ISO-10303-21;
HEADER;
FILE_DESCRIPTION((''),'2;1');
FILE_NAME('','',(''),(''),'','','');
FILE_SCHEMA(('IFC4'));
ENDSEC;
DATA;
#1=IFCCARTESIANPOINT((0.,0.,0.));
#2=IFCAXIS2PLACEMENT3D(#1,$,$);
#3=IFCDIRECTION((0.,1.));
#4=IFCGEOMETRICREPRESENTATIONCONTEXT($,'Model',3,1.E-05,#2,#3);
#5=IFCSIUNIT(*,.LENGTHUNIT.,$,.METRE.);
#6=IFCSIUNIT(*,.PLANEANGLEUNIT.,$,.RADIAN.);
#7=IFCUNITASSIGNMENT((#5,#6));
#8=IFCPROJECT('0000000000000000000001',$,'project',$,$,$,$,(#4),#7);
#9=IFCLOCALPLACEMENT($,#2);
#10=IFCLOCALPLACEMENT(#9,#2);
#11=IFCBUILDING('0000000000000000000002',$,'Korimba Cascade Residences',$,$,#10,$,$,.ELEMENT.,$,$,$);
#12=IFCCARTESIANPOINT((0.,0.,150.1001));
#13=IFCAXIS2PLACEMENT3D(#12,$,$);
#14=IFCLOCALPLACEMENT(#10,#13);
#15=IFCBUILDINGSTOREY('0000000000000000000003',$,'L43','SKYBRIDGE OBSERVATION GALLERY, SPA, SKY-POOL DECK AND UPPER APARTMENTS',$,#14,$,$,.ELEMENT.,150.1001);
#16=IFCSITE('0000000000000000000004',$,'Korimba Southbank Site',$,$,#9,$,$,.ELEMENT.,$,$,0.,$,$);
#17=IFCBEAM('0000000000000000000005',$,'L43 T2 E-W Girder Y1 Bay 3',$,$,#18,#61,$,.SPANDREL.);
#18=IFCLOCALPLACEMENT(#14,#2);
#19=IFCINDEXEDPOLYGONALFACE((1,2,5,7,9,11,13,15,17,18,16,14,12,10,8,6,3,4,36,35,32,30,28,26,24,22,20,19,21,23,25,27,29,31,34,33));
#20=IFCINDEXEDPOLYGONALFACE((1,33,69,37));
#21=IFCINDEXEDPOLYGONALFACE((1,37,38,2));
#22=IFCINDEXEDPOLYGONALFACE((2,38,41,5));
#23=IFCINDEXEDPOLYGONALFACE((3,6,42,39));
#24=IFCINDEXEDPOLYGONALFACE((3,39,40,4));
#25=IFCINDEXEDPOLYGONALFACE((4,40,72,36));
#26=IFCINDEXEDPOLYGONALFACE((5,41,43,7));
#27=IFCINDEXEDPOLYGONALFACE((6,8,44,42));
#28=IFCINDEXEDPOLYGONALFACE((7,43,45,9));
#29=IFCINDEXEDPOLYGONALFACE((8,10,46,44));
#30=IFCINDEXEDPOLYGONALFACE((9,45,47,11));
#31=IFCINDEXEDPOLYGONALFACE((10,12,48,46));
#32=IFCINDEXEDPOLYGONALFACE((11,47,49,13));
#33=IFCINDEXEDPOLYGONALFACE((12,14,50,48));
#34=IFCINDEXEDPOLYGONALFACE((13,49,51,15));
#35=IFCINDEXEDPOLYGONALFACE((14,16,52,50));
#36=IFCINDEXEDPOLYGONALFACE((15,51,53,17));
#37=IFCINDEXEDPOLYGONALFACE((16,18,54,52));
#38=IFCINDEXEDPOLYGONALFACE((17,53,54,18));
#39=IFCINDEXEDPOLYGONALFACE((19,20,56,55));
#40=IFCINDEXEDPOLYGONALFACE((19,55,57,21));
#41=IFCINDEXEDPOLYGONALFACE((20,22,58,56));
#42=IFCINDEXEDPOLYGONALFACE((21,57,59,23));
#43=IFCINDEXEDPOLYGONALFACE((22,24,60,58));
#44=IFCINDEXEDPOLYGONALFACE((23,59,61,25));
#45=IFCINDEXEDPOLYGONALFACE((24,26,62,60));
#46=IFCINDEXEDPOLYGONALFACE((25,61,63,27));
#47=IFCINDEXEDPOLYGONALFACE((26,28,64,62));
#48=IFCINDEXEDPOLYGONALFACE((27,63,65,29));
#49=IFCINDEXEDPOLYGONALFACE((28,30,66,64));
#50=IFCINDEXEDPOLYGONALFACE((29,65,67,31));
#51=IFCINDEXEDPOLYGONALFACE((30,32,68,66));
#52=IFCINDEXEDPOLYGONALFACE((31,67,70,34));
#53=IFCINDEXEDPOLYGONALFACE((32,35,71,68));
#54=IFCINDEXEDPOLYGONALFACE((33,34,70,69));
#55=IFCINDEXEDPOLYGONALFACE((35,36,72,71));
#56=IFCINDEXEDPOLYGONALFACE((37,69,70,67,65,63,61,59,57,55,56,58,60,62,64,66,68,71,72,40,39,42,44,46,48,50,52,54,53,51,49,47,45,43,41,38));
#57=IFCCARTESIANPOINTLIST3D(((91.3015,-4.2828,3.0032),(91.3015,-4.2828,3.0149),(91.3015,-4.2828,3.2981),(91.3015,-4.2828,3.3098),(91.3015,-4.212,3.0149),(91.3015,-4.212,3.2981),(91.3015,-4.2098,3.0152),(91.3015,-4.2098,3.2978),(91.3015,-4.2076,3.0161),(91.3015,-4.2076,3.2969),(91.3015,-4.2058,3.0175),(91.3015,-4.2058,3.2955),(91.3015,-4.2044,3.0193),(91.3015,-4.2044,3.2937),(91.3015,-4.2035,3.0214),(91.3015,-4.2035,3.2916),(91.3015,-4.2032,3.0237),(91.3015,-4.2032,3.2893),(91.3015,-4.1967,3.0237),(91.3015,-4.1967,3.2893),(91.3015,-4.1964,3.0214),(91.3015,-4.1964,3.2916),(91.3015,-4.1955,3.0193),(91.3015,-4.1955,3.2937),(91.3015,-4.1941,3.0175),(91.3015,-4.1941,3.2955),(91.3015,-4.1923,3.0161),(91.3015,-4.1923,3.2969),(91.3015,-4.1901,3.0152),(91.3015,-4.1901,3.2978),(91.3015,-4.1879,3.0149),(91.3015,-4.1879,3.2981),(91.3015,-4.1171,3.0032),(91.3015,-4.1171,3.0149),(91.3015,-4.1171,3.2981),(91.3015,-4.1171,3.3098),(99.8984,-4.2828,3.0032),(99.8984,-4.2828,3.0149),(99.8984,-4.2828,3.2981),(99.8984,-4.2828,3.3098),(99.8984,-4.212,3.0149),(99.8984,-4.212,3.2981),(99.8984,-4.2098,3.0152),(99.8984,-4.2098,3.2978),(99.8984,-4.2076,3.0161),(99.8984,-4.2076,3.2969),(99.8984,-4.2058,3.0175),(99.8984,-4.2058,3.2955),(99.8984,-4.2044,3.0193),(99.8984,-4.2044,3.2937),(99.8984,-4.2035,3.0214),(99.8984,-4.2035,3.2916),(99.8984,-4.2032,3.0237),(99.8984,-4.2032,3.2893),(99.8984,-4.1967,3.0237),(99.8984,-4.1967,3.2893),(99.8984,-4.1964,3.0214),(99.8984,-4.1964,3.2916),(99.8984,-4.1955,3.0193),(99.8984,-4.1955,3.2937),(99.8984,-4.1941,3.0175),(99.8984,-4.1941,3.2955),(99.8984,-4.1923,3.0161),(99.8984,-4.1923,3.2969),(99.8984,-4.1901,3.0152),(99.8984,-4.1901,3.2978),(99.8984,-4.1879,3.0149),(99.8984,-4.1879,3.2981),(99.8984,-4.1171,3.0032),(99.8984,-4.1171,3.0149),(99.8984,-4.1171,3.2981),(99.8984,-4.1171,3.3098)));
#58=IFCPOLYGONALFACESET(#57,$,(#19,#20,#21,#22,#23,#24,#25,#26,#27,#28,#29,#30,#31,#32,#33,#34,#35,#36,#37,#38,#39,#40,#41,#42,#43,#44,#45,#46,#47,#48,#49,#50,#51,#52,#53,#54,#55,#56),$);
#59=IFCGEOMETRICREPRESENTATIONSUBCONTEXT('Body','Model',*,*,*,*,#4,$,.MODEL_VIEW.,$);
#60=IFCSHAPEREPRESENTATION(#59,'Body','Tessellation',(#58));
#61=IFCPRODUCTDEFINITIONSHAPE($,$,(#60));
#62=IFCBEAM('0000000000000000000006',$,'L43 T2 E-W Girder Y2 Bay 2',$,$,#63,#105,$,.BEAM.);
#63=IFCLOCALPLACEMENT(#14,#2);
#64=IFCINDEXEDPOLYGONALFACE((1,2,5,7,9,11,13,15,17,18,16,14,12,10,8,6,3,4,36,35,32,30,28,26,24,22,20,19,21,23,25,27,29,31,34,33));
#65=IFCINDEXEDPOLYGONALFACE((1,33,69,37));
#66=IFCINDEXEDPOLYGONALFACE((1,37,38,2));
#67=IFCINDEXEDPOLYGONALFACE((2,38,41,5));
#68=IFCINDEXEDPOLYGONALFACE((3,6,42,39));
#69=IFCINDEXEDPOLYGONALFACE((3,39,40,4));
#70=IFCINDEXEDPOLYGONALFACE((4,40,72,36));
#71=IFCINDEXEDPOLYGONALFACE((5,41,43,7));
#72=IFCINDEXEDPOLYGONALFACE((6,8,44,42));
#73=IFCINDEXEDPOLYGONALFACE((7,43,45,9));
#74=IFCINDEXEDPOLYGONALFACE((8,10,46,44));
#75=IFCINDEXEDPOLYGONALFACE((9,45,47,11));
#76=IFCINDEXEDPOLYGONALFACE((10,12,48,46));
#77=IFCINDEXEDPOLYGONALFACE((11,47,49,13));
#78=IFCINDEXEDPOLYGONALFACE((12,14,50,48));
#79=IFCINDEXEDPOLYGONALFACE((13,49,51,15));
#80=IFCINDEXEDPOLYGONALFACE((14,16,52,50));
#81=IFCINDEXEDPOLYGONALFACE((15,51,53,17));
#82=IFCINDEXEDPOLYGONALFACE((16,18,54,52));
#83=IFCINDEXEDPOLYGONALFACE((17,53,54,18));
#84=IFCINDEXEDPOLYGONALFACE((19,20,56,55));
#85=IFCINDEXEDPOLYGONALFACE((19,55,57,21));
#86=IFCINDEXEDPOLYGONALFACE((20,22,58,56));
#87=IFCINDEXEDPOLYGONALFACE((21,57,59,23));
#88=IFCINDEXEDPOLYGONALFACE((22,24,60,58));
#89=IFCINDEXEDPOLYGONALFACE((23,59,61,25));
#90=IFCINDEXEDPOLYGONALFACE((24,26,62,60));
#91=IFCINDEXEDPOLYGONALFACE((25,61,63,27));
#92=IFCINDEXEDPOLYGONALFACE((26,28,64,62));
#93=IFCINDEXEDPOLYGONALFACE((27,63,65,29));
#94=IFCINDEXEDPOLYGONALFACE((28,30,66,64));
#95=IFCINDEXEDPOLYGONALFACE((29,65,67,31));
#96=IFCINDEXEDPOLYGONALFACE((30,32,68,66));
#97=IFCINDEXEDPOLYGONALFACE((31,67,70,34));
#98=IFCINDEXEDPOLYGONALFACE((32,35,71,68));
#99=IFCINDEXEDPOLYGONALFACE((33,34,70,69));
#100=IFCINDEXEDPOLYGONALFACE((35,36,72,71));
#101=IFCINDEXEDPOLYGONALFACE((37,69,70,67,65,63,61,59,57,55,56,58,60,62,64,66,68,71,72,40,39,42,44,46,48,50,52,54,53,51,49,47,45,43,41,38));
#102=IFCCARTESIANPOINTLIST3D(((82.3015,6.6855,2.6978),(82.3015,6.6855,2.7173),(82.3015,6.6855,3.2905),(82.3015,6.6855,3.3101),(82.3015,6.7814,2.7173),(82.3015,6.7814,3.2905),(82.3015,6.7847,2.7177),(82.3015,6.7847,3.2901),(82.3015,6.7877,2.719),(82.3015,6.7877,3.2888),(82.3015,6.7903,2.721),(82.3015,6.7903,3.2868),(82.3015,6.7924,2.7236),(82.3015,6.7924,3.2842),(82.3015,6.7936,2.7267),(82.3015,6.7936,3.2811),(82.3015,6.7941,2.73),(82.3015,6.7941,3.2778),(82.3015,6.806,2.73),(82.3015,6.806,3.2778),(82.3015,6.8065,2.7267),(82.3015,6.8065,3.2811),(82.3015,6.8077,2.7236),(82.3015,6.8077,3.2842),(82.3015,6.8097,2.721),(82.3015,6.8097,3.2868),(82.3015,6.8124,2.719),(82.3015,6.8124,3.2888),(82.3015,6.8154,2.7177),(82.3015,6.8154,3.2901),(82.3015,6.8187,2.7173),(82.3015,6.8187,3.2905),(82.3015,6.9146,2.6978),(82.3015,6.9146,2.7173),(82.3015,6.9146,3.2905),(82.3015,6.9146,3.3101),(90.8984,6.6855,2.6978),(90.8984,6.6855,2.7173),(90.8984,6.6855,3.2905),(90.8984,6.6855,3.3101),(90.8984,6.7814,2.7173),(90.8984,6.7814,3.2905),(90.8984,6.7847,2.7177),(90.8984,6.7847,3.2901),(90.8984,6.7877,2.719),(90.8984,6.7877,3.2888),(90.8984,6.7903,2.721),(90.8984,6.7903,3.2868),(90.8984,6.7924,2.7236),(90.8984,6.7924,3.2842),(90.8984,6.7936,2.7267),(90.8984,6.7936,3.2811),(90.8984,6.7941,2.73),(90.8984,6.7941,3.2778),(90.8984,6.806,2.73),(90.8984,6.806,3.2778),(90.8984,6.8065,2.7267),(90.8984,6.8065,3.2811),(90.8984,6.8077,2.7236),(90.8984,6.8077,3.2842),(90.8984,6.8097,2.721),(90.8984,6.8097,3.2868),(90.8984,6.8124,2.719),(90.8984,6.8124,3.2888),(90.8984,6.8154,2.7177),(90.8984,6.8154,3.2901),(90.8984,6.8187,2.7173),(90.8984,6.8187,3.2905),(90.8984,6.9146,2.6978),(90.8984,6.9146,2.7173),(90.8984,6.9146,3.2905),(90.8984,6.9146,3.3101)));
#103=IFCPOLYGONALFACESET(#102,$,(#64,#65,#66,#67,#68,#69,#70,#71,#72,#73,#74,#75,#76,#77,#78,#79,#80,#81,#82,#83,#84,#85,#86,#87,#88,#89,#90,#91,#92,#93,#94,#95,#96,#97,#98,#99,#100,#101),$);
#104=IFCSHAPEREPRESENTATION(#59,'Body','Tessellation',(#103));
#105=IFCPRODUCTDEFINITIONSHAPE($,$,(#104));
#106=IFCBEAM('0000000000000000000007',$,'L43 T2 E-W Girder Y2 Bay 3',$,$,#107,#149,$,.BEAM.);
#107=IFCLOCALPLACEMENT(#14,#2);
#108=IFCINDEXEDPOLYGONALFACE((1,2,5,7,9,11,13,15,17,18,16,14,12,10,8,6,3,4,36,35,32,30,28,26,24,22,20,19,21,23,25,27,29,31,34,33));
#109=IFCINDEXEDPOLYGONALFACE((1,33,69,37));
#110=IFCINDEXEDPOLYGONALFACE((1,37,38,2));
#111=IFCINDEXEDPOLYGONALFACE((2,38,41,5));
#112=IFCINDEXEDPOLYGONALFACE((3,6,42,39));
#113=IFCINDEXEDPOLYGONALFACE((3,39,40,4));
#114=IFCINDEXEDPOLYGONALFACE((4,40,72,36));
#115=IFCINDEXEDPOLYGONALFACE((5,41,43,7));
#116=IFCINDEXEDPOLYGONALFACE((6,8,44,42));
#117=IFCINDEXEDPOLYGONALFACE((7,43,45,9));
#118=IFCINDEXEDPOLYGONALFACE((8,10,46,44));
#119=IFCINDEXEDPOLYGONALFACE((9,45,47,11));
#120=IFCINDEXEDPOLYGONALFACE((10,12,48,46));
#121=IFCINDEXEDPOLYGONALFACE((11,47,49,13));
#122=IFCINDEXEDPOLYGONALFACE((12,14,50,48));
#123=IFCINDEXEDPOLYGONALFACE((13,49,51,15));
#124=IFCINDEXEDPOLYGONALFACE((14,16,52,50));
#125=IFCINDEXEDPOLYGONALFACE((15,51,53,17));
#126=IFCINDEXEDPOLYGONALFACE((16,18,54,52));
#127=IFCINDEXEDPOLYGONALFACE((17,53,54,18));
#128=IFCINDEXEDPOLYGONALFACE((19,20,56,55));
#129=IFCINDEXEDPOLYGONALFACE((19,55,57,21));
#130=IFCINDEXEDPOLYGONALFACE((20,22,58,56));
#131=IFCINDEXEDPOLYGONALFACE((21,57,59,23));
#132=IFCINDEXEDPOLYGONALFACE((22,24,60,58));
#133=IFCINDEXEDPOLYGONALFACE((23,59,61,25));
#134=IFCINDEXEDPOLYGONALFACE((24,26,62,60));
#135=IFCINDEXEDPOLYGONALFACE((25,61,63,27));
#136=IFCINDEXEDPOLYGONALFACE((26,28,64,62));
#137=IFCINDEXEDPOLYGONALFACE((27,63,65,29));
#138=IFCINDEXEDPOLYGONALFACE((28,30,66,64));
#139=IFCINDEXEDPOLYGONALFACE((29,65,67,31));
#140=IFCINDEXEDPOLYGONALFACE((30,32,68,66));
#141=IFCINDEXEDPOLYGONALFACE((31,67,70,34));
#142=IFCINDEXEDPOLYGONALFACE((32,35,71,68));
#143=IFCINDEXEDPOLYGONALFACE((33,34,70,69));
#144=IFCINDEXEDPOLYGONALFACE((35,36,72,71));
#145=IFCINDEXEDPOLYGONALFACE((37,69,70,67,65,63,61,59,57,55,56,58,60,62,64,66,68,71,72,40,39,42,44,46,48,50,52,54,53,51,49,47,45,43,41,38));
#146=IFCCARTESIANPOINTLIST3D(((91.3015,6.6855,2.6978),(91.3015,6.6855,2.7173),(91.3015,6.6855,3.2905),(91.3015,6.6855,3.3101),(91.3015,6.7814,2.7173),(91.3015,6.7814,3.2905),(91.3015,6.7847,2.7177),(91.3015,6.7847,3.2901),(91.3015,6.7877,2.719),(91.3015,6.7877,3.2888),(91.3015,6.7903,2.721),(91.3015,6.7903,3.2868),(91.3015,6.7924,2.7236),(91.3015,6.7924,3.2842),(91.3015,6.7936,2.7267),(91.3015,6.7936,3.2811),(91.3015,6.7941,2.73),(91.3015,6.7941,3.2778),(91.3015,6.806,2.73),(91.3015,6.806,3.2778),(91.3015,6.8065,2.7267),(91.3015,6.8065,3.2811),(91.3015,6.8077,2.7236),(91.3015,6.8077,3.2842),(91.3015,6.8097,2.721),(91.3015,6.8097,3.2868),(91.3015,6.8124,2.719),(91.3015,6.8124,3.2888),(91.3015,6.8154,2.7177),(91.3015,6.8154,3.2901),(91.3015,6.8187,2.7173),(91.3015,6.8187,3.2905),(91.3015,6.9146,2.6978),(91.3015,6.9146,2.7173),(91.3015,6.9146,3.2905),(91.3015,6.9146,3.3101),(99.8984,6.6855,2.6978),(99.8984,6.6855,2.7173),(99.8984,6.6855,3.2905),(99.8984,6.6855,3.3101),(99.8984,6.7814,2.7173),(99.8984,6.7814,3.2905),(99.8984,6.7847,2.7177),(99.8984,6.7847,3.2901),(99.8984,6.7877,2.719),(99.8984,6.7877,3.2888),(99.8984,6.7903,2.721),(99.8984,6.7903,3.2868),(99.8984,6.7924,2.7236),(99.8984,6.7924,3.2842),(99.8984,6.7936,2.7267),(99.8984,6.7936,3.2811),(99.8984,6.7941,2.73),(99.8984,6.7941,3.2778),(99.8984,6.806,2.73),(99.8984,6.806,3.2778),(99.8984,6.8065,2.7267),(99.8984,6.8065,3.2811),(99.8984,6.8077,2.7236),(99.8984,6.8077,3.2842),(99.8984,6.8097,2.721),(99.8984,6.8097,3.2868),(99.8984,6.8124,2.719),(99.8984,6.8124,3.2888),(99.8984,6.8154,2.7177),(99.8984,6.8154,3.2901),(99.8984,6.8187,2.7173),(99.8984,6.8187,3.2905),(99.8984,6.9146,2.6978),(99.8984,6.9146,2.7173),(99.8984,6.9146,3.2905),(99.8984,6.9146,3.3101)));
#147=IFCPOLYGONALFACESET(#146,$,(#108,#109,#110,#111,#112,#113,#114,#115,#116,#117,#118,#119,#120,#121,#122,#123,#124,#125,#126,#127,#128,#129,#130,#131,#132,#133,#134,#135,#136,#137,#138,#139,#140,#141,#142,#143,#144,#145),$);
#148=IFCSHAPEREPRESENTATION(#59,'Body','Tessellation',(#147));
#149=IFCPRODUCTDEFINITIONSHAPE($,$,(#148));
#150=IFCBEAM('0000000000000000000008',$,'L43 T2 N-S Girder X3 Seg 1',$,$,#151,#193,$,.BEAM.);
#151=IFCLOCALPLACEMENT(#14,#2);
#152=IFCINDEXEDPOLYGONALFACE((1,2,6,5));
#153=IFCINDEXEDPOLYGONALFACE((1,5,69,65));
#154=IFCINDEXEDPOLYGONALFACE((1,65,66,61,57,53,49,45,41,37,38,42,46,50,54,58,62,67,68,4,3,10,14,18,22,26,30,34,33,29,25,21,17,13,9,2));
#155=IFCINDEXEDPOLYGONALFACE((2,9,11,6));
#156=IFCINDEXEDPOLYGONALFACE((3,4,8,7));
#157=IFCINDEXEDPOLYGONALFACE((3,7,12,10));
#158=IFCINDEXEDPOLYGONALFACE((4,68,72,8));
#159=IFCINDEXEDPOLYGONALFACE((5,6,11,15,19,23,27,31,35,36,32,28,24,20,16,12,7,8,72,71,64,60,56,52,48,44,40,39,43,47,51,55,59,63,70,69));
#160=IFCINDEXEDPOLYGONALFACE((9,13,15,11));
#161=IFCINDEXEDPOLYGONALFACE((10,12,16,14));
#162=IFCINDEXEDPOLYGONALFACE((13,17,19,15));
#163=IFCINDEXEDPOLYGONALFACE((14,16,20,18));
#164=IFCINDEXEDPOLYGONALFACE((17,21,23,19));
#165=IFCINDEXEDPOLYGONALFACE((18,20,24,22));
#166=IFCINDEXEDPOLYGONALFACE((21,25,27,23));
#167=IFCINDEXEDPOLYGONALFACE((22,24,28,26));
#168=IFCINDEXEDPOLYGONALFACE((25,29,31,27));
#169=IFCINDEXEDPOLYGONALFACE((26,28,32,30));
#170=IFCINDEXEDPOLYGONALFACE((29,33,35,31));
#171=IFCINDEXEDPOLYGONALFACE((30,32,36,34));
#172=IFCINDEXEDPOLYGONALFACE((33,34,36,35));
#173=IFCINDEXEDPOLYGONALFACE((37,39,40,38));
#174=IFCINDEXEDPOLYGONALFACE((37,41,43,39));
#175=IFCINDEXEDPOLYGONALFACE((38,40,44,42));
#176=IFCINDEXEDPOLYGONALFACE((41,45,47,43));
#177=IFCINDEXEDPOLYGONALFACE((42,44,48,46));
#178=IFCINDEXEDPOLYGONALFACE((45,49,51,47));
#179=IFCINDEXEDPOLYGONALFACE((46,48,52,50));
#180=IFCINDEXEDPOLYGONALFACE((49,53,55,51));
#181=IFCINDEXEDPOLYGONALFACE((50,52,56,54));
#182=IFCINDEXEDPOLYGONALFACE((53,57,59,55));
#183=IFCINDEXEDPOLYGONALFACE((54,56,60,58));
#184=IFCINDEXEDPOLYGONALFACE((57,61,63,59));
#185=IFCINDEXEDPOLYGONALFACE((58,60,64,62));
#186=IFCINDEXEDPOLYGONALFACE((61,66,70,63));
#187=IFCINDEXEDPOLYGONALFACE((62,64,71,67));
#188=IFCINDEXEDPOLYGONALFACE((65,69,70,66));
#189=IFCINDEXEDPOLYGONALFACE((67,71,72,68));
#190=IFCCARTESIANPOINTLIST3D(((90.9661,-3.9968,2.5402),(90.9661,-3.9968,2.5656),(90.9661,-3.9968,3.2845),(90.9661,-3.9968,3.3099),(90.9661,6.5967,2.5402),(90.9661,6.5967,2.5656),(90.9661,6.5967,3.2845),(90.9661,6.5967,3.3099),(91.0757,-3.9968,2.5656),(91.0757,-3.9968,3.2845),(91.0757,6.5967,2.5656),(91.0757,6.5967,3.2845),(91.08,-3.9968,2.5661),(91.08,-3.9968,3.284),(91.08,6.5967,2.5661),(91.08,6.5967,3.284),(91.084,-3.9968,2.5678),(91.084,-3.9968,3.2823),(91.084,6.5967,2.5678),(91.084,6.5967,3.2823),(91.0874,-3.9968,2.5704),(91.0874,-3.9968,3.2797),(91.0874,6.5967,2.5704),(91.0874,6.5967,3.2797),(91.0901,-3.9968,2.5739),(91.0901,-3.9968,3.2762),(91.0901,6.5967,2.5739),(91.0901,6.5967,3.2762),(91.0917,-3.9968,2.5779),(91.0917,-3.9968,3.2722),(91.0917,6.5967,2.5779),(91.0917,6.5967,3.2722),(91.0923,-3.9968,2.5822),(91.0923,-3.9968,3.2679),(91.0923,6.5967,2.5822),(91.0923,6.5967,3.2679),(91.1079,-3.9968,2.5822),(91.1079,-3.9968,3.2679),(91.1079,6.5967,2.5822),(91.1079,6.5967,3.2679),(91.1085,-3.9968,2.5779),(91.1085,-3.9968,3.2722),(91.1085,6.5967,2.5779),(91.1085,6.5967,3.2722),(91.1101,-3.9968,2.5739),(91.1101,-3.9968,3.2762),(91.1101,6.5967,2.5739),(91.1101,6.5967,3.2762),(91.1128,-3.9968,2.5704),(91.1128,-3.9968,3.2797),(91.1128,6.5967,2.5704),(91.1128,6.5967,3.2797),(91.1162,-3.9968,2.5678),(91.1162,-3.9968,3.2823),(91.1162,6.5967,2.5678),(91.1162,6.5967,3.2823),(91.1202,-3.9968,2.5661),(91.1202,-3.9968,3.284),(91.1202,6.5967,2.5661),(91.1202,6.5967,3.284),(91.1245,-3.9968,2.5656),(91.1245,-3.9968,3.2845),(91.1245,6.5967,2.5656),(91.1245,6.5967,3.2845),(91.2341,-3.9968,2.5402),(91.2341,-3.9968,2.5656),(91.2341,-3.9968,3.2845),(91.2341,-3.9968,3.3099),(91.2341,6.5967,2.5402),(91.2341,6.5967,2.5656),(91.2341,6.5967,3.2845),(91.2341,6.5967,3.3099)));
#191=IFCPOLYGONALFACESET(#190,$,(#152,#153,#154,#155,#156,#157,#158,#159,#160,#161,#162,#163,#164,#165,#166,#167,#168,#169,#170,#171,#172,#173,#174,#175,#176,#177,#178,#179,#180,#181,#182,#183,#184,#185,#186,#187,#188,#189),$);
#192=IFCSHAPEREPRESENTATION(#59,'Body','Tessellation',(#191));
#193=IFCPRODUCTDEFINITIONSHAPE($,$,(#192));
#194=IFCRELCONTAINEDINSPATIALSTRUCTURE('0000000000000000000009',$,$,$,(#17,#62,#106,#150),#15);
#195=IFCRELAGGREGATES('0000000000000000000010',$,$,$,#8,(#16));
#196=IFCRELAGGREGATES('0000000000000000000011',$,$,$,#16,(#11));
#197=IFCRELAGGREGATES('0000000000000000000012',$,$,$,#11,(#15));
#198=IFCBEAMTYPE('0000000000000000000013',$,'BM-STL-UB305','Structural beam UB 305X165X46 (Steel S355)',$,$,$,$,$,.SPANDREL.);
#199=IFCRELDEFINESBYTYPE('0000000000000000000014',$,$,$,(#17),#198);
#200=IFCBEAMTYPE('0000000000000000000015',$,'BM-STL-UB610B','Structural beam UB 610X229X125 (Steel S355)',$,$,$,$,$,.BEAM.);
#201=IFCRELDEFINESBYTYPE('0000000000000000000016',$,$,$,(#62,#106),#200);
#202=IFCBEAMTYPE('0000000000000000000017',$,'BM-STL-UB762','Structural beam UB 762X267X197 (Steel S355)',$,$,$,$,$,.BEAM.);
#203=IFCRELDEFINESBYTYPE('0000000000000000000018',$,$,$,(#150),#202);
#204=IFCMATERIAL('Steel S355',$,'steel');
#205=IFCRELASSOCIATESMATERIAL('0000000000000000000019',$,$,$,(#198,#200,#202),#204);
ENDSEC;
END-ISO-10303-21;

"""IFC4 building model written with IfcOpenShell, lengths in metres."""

from ifc_helpers import new_model, si_unit, direction, frame, origin, origin_2d, place, context, subcontext, project, spatial, i_section, extrude, material, material_profile, profile_set, type_object, element, save


model = new_model("IFC4")

# Units and contexts
model_context = context("Model", 3, precision=1e-05, world=origin(), true_north=direction((0.0, 1.0)))
body_context = subcontext(model_context, "Body", "Model", "MODEL_VIEW")
ifc_project = project(units=[si_unit("LENGTHUNIT", "METRE"), si_unit("PLANEANGLEUNIT", "RADIAN")], contexts=[model_context])

# Site, building, storey
site_placement = place(None, origin())
site = spatial("IfcSite", under=ifc_project, at=site_placement, Name="Korimba Southbank Site", CompositionType="ELEMENT", RefElevation=0.0)
building_placement = place(site_placement, origin())
building = spatial("IfcBuilding", under=site, at=building_placement, Name="Korimba Cascade Residences", CompositionType="ELEMENT")
storey_placement = place(building_placement, frame((0.0, 0.0, 150.1001)))
storey = spatial("IfcBuildingStorey", under=building, at=storey_placement, Name="L43", Description="SKYBRIDGE OBSERVATION GALLERY, SPA, SKY-POOL DECK AND UPPER APARTMENTS", CompositionType="ELEMENT", Elevation=150.1001)

# Beams
ifc_material_1 = material(Name="Steel S355", Category="steel")
ifc_material_profile_1 = material_profile(ifc_material_1, i_section(OverallWidth=0.1658, OverallDepth=0.3066, WebThickness=0.0066, FlangeThickness=0.0117, FilletRadius=0.0088, at=origin_2d()), Name="Steel S355")
ifc_profile_set_1 = profile_set([ifc_material_profile_1], Name="Steel S355")
beam_type_1 = type_object("IfcBeamType", Name="BM-STL-UB305", Description="Structural beam UB 305X165X46 (Steel S355)", PredefinedType="SPANDREL", material=ifc_profile_set_1)
for number, where, z_axis, x_axis, name in (
    (1, (91.3015, -4.2, 3.1565), (1.0, 0.0, 0.0), (0.0, 1.0, 0.0), "L43 T2 E-W Girder Y1 Bay 3"),
):
    element("IfcBeam", number, at=place(storey_placement, frame(where, z_axis=z_axis, x_axis=x_axis)), inside=storey, type_object=beam_type_1, Name=name, PredefinedType="SPANDREL", context=body_context, shape_type="SweptSolid", body=[
        extrude(i_section(OverallWidth=0.1658, OverallDepth=0.3066, WebThickness=0.0066, FlangeThickness=0.0117, FilletRadius=0.0088, at=origin_2d()), origin(), (0.0, 0.0, 1.0), 8.5969),
    ])
ifc_material_profile_2 = material_profile(ifc_material_1, i_section(OverallWidth=0.229, OverallDepth=0.6123, WebThickness=0.012, FlangeThickness=0.0195, FilletRadius=0.0127, at=origin_2d()), Name="Steel S355")
ifc_profile_set_2 = profile_set([ifc_material_profile_2], Name="Steel S355")
beam_type_2 = type_object("IfcBeamType", Name="BM-STL-UB610B", Description="Structural beam UB 610X229X125 (Steel S355)", PredefinedType="BEAM", material=ifc_profile_set_2)
for number, where, z_axis, x_axis, name in (
    (2, (82.3015, 6.8, 3.0039), (1.0, 0.0, 0.0), (0.0, 1.0, 0.0), "L43 T2 E-W Girder Y2 Bay 2"),
    (3, (91.3015, 6.8, 3.0039), (1.0, 0.0, 0.0), (0.0, 1.0, 0.0), "L43 T2 E-W Girder Y2 Bay 3"),
):
    element("IfcBeam", number, at=place(storey_placement, frame(where, z_axis=z_axis, x_axis=x_axis)), inside=storey, type_object=beam_type_2, Name=name, PredefinedType="BEAM", context=body_context, shape_type="SweptSolid", body=[
        extrude(i_section(OverallWidth=0.229, OverallDepth=0.6123, WebThickness=0.012, FlangeThickness=0.0195, FilletRadius=0.0127, at=origin_2d()), origin(), (0.0, 0.0, 1.0), 8.5969),
    ])
ifc_material_profile_3 = material_profile(ifc_material_1, i_section(OverallWidth=0.2681, OverallDepth=0.7698, WebThickness=0.0156, FlangeThickness=0.0254, FilletRadius=0.0166, at=origin_2d()), Name="Steel S355")
ifc_profile_set_3 = profile_set([ifc_material_profile_3], Name="Steel S355")
beam_type_3 = type_object("IfcBeamType", Name="BM-STL-UB762", Description="Structural beam UB 762X267X197 (Steel S355)", PredefinedType="BEAM", material=ifc_profile_set_3)
beam_1_placement = place(storey_placement, frame((91.1001, -3.9968, 2.925), z_axis=(0.0, 1.0, 0.0), x_axis=(-1.0, 0.0, 0.0)))
element("IfcBeam", 4, at=beam_1_placement, inside=storey, type_object=beam_type_3, Name="L43 T2 N-S Girder X3 Seg 1", PredefinedType="BEAM", context=body_context, shape_type="SweptSolid", body=[
    extrude(i_section(OverallWidth=0.2681, OverallDepth=0.7698, WebThickness=0.0156, FlangeThickness=0.0254, FilletRadius=0.0166, at=origin_2d()), origin(), (0.0, 0.0, 1.0), 10.5935),
])

save(model, "model.ifc")
